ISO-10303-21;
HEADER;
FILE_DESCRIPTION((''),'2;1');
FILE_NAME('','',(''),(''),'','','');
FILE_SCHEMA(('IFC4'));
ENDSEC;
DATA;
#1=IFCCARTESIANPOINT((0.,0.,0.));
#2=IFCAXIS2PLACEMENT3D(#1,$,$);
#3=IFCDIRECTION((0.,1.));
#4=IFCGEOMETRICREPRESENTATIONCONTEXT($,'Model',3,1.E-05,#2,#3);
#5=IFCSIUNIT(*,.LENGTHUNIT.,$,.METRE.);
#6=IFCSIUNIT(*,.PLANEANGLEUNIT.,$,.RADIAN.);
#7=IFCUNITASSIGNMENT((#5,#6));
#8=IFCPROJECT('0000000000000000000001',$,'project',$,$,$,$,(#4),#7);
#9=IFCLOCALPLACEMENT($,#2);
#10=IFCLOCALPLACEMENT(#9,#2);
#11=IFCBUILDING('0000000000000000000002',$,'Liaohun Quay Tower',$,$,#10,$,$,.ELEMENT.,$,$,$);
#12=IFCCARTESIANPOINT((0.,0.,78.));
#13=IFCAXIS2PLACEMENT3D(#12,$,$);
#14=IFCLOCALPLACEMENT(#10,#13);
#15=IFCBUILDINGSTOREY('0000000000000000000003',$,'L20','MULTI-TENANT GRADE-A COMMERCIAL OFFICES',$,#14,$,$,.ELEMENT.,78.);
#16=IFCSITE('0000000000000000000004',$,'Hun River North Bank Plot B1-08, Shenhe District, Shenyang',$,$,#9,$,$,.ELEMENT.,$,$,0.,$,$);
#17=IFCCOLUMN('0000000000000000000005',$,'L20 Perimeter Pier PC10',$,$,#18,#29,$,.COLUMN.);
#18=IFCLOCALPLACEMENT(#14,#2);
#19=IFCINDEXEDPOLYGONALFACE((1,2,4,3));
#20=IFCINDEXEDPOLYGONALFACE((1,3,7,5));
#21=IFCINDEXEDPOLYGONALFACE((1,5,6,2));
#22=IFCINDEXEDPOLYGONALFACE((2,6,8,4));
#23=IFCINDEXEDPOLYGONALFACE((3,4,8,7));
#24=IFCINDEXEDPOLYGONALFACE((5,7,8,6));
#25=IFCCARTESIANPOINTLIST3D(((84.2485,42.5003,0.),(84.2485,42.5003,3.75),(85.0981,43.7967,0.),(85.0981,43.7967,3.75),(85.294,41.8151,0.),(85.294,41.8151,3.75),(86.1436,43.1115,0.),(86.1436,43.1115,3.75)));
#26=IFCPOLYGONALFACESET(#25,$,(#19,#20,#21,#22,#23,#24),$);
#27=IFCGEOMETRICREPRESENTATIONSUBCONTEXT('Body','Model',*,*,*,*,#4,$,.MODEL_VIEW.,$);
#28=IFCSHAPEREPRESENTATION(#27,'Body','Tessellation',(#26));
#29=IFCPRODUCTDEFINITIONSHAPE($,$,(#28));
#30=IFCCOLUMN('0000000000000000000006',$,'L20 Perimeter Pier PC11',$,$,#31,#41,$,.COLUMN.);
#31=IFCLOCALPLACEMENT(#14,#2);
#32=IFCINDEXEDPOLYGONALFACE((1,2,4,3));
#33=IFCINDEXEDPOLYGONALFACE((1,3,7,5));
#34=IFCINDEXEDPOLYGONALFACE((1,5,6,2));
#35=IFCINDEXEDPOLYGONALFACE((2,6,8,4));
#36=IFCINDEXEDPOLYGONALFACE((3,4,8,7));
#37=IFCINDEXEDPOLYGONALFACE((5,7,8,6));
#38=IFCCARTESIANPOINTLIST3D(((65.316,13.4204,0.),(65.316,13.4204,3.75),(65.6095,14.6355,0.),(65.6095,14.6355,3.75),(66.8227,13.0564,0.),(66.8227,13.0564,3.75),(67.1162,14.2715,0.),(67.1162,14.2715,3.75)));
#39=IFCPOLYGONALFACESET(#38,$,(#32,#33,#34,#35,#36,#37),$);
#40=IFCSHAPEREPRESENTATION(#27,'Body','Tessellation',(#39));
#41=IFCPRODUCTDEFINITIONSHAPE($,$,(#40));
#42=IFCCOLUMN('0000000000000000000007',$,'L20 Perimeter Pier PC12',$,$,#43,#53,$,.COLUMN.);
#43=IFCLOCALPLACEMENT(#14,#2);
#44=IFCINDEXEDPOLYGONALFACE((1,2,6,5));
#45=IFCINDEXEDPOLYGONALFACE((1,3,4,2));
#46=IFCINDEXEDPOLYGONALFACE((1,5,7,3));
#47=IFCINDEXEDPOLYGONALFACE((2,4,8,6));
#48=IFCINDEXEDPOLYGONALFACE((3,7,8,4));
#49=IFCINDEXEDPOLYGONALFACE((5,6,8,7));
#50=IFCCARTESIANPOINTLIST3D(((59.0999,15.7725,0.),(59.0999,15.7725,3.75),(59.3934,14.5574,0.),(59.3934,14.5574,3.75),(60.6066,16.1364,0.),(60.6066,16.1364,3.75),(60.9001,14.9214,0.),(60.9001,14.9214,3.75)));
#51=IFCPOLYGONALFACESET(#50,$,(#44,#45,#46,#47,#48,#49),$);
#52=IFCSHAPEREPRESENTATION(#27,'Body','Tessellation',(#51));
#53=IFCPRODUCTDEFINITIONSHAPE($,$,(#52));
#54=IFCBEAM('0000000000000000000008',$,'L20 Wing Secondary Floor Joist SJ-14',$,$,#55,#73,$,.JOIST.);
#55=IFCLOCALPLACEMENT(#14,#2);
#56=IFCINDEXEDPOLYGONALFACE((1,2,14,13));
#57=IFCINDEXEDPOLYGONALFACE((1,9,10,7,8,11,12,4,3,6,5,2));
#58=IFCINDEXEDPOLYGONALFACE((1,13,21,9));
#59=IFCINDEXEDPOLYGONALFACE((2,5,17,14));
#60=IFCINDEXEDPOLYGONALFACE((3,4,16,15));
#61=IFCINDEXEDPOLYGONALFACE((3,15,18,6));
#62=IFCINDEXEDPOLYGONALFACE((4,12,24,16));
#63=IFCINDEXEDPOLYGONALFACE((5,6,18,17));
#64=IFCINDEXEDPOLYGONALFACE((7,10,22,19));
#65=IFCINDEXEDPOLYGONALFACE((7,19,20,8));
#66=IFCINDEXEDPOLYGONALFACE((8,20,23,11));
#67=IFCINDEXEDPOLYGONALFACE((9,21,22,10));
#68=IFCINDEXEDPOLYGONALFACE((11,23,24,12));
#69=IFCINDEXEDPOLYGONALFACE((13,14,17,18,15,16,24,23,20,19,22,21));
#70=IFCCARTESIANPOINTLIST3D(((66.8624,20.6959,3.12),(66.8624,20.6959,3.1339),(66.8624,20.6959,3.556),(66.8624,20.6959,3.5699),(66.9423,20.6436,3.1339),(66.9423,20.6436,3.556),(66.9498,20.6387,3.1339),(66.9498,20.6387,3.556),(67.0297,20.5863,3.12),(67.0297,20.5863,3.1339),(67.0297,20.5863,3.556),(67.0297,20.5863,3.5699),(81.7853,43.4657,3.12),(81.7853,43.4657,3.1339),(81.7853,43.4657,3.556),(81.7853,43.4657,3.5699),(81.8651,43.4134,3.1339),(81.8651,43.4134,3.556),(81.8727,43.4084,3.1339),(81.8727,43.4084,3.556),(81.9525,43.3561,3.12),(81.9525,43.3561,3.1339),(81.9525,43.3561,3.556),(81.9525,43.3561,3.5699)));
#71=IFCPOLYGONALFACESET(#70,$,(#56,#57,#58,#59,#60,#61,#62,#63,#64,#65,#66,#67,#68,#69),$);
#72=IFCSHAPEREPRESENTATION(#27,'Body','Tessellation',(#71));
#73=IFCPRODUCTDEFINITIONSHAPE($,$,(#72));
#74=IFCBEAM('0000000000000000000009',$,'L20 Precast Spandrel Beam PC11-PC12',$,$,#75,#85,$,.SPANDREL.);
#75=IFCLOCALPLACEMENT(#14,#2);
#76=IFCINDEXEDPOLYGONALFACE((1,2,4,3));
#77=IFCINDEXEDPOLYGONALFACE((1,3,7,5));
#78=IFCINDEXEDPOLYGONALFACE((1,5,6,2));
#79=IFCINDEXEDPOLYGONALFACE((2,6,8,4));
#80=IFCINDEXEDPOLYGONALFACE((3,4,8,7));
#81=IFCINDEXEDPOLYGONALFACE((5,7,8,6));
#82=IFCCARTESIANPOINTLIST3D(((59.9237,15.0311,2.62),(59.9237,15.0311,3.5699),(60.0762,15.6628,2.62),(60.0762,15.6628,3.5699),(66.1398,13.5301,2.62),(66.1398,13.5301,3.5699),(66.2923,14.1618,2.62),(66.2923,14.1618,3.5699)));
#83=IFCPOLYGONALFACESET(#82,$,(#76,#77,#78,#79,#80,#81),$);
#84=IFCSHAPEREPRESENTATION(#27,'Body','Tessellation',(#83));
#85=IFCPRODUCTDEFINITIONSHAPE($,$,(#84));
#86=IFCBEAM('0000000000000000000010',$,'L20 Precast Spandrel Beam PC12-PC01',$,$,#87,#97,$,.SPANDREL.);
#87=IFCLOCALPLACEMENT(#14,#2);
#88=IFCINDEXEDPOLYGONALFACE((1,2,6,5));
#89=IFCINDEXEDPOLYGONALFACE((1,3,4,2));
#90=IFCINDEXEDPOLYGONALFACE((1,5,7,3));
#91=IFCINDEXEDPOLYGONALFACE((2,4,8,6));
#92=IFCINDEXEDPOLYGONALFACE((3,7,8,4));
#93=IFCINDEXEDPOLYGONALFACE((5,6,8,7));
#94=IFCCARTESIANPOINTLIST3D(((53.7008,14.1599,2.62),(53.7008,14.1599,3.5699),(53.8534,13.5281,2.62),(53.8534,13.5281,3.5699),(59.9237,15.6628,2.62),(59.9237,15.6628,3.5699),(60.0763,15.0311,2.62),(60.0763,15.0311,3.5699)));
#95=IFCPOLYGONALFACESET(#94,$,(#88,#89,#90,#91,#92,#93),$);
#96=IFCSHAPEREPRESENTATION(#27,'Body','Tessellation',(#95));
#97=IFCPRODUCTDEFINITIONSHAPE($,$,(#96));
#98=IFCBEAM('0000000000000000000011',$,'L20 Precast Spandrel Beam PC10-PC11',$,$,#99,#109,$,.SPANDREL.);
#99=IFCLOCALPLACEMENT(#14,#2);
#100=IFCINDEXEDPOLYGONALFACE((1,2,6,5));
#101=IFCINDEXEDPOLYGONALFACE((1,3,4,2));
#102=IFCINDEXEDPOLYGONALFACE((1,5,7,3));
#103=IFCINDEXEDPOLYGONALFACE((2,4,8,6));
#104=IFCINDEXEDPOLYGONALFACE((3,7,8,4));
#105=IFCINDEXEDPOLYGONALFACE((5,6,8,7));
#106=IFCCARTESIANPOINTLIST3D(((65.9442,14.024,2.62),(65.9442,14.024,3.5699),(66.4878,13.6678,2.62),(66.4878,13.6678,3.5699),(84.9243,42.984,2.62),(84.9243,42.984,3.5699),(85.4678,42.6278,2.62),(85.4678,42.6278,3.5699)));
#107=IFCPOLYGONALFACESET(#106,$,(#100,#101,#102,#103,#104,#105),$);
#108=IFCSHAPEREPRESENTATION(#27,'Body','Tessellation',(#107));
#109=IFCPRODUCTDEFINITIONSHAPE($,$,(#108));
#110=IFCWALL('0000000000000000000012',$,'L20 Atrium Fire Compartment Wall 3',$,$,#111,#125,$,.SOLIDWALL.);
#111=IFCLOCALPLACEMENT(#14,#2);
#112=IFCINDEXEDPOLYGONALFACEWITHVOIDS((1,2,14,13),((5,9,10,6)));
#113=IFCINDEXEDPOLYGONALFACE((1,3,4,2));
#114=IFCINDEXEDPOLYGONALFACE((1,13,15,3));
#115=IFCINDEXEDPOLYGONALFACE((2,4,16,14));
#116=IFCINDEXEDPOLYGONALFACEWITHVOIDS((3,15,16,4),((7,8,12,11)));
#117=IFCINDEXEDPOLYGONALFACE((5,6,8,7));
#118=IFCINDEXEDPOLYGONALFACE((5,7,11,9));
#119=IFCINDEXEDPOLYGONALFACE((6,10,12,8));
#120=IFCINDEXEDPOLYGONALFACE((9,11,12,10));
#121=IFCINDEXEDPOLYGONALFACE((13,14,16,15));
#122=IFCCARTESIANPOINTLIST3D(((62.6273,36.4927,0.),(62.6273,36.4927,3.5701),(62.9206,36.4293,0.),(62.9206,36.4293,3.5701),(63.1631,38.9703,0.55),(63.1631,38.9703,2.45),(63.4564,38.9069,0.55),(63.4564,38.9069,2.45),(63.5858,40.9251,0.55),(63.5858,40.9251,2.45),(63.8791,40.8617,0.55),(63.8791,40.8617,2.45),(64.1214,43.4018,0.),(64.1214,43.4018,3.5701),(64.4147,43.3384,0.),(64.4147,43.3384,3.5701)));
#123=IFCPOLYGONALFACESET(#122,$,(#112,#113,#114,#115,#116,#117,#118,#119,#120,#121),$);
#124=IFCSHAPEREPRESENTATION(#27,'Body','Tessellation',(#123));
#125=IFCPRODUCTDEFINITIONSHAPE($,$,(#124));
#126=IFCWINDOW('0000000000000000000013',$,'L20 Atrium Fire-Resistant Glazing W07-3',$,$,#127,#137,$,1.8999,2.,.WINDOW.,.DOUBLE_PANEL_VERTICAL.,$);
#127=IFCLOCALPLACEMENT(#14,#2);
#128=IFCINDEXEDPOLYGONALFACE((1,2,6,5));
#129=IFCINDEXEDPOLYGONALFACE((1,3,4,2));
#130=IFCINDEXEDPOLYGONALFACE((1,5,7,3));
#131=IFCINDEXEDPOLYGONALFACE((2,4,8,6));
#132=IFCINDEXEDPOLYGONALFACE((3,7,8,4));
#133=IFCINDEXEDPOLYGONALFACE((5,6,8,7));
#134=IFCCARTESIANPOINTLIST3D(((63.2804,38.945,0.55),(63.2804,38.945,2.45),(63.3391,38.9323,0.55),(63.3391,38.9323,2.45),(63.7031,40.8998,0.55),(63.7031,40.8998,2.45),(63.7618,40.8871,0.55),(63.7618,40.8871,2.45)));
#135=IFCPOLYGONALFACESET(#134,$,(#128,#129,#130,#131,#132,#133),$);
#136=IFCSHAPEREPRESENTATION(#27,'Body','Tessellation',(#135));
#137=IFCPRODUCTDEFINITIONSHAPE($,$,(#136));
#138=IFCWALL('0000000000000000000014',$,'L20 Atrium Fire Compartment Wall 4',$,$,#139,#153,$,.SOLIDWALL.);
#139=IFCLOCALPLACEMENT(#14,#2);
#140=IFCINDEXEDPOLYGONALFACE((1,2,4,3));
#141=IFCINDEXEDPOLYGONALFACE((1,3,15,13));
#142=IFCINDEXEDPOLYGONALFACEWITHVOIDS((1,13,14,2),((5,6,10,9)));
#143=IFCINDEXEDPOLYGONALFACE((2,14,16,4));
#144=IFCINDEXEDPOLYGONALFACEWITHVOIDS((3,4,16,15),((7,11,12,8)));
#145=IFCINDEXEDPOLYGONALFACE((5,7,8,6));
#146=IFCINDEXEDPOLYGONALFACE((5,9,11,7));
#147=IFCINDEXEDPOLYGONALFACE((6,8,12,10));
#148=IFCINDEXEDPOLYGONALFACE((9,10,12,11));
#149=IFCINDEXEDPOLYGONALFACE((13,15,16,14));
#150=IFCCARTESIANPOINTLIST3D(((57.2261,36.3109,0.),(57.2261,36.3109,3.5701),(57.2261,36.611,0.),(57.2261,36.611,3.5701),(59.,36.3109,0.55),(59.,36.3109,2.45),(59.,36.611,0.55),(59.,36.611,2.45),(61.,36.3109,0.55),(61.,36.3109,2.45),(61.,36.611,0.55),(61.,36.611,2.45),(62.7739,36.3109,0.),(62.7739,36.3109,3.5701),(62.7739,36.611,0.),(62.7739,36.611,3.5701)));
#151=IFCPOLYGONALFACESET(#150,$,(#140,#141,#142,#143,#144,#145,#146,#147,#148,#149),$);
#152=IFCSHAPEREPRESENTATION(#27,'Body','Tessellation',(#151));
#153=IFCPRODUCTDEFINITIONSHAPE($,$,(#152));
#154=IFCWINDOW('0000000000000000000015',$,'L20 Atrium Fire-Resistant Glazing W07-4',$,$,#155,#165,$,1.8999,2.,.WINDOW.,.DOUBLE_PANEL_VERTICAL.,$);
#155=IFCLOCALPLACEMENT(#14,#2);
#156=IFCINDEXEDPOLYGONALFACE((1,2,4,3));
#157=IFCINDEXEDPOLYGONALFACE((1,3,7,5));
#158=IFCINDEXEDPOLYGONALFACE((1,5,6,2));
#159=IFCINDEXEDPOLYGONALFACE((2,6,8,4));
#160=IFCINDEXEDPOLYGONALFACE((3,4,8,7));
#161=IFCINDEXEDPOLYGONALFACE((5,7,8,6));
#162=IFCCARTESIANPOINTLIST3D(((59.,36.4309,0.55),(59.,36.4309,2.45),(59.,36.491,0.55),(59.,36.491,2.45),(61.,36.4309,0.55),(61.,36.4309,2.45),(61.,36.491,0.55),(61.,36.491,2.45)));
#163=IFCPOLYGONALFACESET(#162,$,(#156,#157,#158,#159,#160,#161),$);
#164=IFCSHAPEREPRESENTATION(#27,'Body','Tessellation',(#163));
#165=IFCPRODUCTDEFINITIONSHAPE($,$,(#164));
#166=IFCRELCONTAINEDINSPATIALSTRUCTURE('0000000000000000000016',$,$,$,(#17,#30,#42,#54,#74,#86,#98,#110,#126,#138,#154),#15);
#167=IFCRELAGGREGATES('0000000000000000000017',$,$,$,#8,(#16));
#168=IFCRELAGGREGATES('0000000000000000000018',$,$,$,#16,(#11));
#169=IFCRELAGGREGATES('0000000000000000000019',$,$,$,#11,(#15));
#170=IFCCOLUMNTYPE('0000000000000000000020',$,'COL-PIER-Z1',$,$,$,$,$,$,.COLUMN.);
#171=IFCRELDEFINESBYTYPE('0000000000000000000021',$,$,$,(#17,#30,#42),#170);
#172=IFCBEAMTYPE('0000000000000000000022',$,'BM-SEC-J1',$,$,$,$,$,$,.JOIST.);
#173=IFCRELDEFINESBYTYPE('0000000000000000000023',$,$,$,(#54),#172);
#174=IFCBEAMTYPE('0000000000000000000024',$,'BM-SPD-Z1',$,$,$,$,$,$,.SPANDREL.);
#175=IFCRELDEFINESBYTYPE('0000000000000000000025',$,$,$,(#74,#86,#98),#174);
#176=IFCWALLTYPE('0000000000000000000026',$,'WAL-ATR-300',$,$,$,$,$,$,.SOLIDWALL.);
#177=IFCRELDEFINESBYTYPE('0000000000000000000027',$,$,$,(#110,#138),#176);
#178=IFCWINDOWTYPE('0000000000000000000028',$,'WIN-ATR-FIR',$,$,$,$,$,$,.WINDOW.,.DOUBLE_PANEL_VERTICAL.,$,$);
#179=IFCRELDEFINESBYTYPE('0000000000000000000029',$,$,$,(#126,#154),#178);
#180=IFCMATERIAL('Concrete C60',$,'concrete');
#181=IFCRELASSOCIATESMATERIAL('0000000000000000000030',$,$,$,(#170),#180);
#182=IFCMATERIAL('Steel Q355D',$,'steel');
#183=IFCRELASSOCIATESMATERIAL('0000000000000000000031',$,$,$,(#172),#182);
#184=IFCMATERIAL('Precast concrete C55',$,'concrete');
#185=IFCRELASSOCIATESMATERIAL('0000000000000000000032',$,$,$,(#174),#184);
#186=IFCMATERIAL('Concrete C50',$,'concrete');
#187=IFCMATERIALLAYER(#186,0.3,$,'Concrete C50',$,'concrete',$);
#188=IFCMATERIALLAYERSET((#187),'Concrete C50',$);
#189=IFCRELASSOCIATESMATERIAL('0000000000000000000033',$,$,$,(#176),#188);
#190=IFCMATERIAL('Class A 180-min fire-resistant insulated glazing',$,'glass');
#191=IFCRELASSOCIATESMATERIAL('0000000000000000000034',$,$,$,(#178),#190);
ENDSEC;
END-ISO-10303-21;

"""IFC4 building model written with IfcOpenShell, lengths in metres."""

from ifc_helpers import new_model, si_unit, direction, frame, frame_2d, origin, origin_2d, place, context, subcontext, project, spatial, rectangle, i_section, extrude, source, transform, mapped, material, layer, layer_set, material_profile, profile_set, type_object, element, fill, save


model = new_model("IFC4")

# Units and contexts
model_context = context("Model", 3, precision=1e-05, world=origin(), true_north=direction((0.0, 1.0)))
body_context = subcontext(model_context, "Body", "Model", "MODEL_VIEW")
ifc_project = project(units=[si_unit("LENGTHUNIT", "METRE"), si_unit("PLANEANGLEUNIT", "RADIAN")], contexts=[model_context])

# Site, building, storey
site_placement = place(None, origin())
site = spatial("IfcSite", under=ifc_project, at=site_placement, Name="Hun River North Bank Plot B1-08, Shenhe District, Shenyang", CompositionType="ELEMENT", RefElevation=0.0)
building_placement = place(site_placement, origin())
building = spatial("IfcBuilding", under=site, at=building_placement, Name="Liaohun Quay Tower", CompositionType="ELEMENT")
storey_placement = place(building_placement, frame((0.0, 0.0, 78.0)))
storey = spatial("IfcBuildingStorey", under=building, at=storey_placement, Name="L20", Description="MULTI-TENANT GRADE-A COMMERCIAL OFFICES", CompositionType="ELEMENT", Elevation=78.0)

# Columns
ifc_material_1 = material(Name="Concrete C60", Category="concrete")
ifc_material_profile_1 = material_profile(ifc_material_1, rectangle(XDim=1.55, YDim=1.25, at=origin_2d()), Name="RC1550x1250")
ifc_profile_set_1 = profile_set([ifc_material_profile_1], Name="Concrete C60")
column_type = type_object("IfcColumnType", Name="COL-PIER-Z1", PredefinedType="COLUMN", material=ifc_profile_set_1)
shared_shape_1 = source(origin(), body_context, "Body", "SweptSolid", [
    extrude(rectangle(XDim=1.55, YDim=1.25, at=origin_2d()), origin(), (0.0, 0.0, 1.0), 3.75),
])
for number, where, z_axis, x_axis, name in (
    (1, (85.196, 42.8059, 0.0), (0.0, 0.0, 1.0), (0.548147, 0.836382, 0.0), "L20 Perimeter Pier PC10"),
    (2, (66.2161, 13.8459, 0.0), (0.0, 0.0, 1.0), (-0.972043, 0.234803, 0.0), "L20 Perimeter Pier PC11"),
    (3, (60.0, 15.3469, 0.0), (0.0, 0.0, 1.0), (0.972043, 0.234803, 0.0), "L20 Perimeter Pier PC12"),
):
    element("IfcColumn", number, at=place(storey_placement, frame(where, z_axis=z_axis, x_axis=x_axis)), inside=storey, type_object=column_type, Name=name, PredefinedType="COLUMN", context=body_context, shape_type="MappedRepresentation", body=[
        mapped(shared_shape_1, transform((0.0, 0.0, 0.0), x_axis=(1.0, 0.0, 0.0), y_axis=(0.0, 1.0, 0.0), z_axis=(0.0, 0.0, 1.0), scale=1.0)),
    ])

# Beams
ifc_material_2 = material(Name="Steel Q355D", Category="steel")
ifc_material_profile_2 = material_profile(ifc_material_2, i_section(OverallWidth=0.2, OverallDepth=0.45, WebThickness=0.009, FlangeThickness=0.0139, at=origin_2d()), Name="HN450x200x9x14")
ifc_profile_set_2 = profile_set([ifc_material_profile_2], Name="Steel Q355D")
beam_type_1 = type_object("IfcBeamType", Name="BM-SEC-J1", PredefinedType="JOIST", material=ifc_profile_set_2)
shared_shape_2 = source(origin(), body_context, "Body", "SweptSolid", [
    extrude(i_section(OverallWidth=0.2, OverallDepth=0.45, WebThickness=0.009, FlangeThickness=0.0139, at=origin_2d()), origin(), (0.0, 0.0, 1.0), 27.2241),
])
beam_1_placement = place(storey_placement, frame((81.8689, 43.4109, 3.345), z_axis=(-0.548148, -0.836382, 0.0), x_axis=(0.836382, -0.548148, 0.0)))
element("IfcBeam", 4, at=beam_1_placement, inside=storey, type_object=beam_type_1, Name="L20 Wing Secondary Floor Joist SJ-14", PredefinedType="JOIST", context=body_context, shape_type="MappedRepresentation", body=[
    mapped(shared_shape_2, transform((0.0, 0.0, 0.0), x_axis=(1.0, 0.0, 0.0), y_axis=(0.0, 1.0, 0.0), z_axis=(0.0, 0.0, 1.0), scale=1.0)),
])
ifc_material_3 = material(Name="Precast concrete C55", Category="concrete")
ifc_material_profile_3 = material_profile(ifc_material_3, rectangle(XDim=0.6499, YDim=0.95, at=origin_2d()), Name="RC650x950")
ifc_profile_set_3 = profile_set([ifc_material_profile_3], Name="Precast concrete C55")
beam_type_2 = type_object("IfcBeamType", Name="BM-SPD-Z1", PredefinedType="SPANDREL", material=ifc_profile_set_3)
shared_shape_3 = source(origin(), body_context, "Body", "SweptSolid", [
    extrude(rectangle(XDim=0.6499, YDim=0.95, at=origin_2d()), origin(), (0.0, 0.0, 1.0), 6.3948),
])
beam_2_placement = place(storey_placement, frame((66.2161, 13.8459, 3.095), z_axis=(-0.972063, 0.234721, 0.0), x_axis=(-0.234721, -0.972063, 0.0)))
element("IfcBeam", 5, at=beam_2_placement, inside=storey, type_object=beam_type_2, Name="L20 Precast Spandrel Beam PC11-PC12", PredefinedType="SPANDREL", context=body_context, shape_type="MappedRepresentation", body=[
    mapped(shared_shape_3, transform((0.0, 0.0, 0.0), x_axis=(1.0, 0.0, 0.0), y_axis=(0.0, 1.0, 0.0), z_axis=(0.0, 0.0, 1.0), scale=1.0)),
])
shared_shape_4 = source(origin(), body_context, "Body", "SweptSolid", [
    extrude(rectangle(XDim=0.6499, YDim=0.95, at=origin_2d()), origin(), (0.0, 0.0, 1.0), 6.4019),
])
beam_3_placement = place(storey_placement, frame((60.0, 15.3469, 3.095), z_axis=(-0.972052, -0.234766, 0.0), x_axis=(0.234766, -0.972052, 0.0)))
element("IfcBeam", 6, at=beam_3_placement, inside=storey, type_object=beam_type_2, Name="L20 Precast Spandrel Beam PC12-PC01", PredefinedType="SPANDREL", context=body_context, shape_type="MappedRepresentation", body=[
    mapped(shared_shape_4, transform((0.0, 0.0, 0.0), x_axis=(1.0, 0.0, 0.0), y_axis=(0.0, 1.0, 0.0), z_axis=(0.0, 0.0, 1.0), scale=1.0)),
])
shared_shape_5 = source(origin(), body_context, "Body", "SweptSolid", [
    extrude(rectangle(XDim=0.6499, YDim=0.95, at=origin_2d()), origin(), (0.0, 0.0, 1.0), 34.6255),
])
beam_4_placement = place(storey_placement, frame((85.196, 42.8059, 3.095), z_axis=(-0.548152, -0.836379, 0.0), x_axis=(0.836379, -0.548152, 0.0)))
element("IfcBeam", 7, at=beam_4_placement, inside=storey, type_object=beam_type_2, Name="L20 Precast Spandrel Beam PC10-PC11", PredefinedType="SPANDREL", context=body_context, shape_type="MappedRepresentation", body=[
    mapped(shared_shape_5, transform((0.0, 0.0, 0.0), x_axis=(1.0, 0.0, 0.0), y_axis=(0.0, 1.0, 0.0), z_axis=(0.0, 0.0, 1.0), scale=1.0)),
])

# Walls, openings, windows
ifc_material_4 = material(Name="Concrete C50", Category="concrete")
ifc_layer_1 = layer(ifc_material_4, 0.3, Name="Concrete C50", Category="concrete")
ifc_layer_set_1 = layer_set([ifc_layer_1], Name="Concrete C50")
wall_type_1 = type_object("IfcWallType", Name="WAL-ATR-300", PredefinedType="SOLIDWALL", material=ifc_layer_set_1)
wall_1_placement = place(storey_placement, frame((64.2681, 43.3701, 0.0), z_axis=(0.0, 0.0, 1.0), x_axis=(-0.211368, -0.977406, 0.0)))
wall_1 = element("IfcWall", 8, at=wall_1_placement, inside=storey, type_object=wall_type_1, Name="L20 Atrium Fire Compartment Wall 3", PredefinedType="SOLIDWALL", context=body_context, shape_type="SweptSolid", body=[
    extrude(rectangle(XDim=7.0688, YDim=0.3, at=frame_2d((3.5344, 0.0))), origin(), (0.0, 0.0, 1.0), 3.5701),
])
shared_shape_6 = source(origin(), body_context, "Body", "SweptSolid", [
    extrude(rectangle(XDim=2.0, YDim=1.8999, at=frame_2d((1.0, 0.95))), frame((0.0, 0.1599, 0.0), z_axis=(0.0, -1.0, 0.0), x_axis=(1.0, 0.0, 0.0)), (0.0, 0.0, 1.0), 0.3201),
])
opening_1_placement = place(wall_1_placement, frame((2.5339, 0.0, 0.55)))
opening_1 = element("IfcOpeningElement", 9, at=opening_1_placement, cuts=wall_1, PredefinedType="OPENING", context=body_context, shape_type="MappedRepresentation", body=[
    mapped(shared_shape_6, transform((0.0, 0.0, 0.0), x_axis=(1.0, 0.0, 0.0), y_axis=(0.0, 1.0, 0.0), z_axis=(0.0, 0.0, 1.0), scale=1.0)),
])
ifc_material_5 = material(Name="Class A 180-min fire-resistant insulated glazing", Category="glass")
window_type_1 = type_object("IfcWindowType", Name="WIN-ATR-FIR", PartitioningType="DOUBLE_PANEL_VERTICAL", PredefinedType="WINDOW", material=ifc_material_5)
shared_shape_7 = source(origin(), body_context, "Body", "SweptSolid", [
    extrude(rectangle(XDim=2.0, YDim=1.8999, at=frame_2d((1.0, 0.95))), frame((0.0, 0.03, 0.0), z_axis=(0.0, -1.0, 0.0), x_axis=(1.0, 0.0, 0.0)), (0.0, 0.0, 1.0), 0.0601),
])
window_1_placement = place(opening_1_placement, origin())
window_1 = element("IfcWindow", 10, at=window_1_placement, inside=storey, type_object=window_type_1, Name="L20 Atrium Fire-Resistant Glazing W07-3", OverallHeight=1.8999, OverallWidth=2.0, PartitioningType="DOUBLE_PANEL_VERTICAL", PredefinedType="WINDOW", context=body_context, shape_type="MappedRepresentation", body=[
    mapped(shared_shape_7, transform((0.0, 0.0, 0.0), x_axis=(1.0, 0.0, 0.0), y_axis=(0.0, 1.0, 0.0), z_axis=(0.0, 0.0, 1.0), scale=1.0)),
])
fill(opening_1, window_1)
wall_2_placement = place(storey_placement, frame((62.7739, 36.4609, 0.0), z_axis=(0.0, 0.0, 1.0), x_axis=(-1.0, 0.0, 0.0)))
wall_2 = element("IfcWall", 11, at=wall_2_placement, inside=storey, type_object=wall_type_1, Name="L20 Atrium Fire Compartment Wall 4", PredefinedType="SOLIDWALL", context=body_context, shape_type="SweptSolid", body=[
    extrude(rectangle(XDim=5.5479, YDim=0.3, at=frame_2d((2.7739, 0.0))), origin(), (0.0, 0.0, 1.0), 3.5701),
])
opening_2_placement = place(wall_2_placement, frame((1.7739, 0.0, 0.55)))
opening_2 = element("IfcOpeningElement", 12, at=opening_2_placement, cuts=wall_2, PredefinedType="OPENING", context=body_context, shape_type="MappedRepresentation", body=[
    mapped(shared_shape_6, transform((0.0, 0.0, 0.0), x_axis=(1.0, 0.0, 0.0), y_axis=(0.0, 1.0, 0.0), z_axis=(0.0, 0.0, 1.0), scale=1.0)),
])
window_2_placement = place(opening_2_placement, origin())
window_2 = element("IfcWindow", 13, at=window_2_placement, inside=storey, type_object=window_type_1, Name="L20 Atrium Fire-Resistant Glazing W07-4", OverallHeight=1.8999, OverallWidth=2.0, PartitioningType="DOUBLE_PANEL_VERTICAL", PredefinedType="WINDOW", context=body_context, shape_type="MappedRepresentation", body=[
    mapped(shared_shape_7, transform((0.0, 0.0, 0.0), x_axis=(1.0, 0.0, 0.0), y_axis=(0.0, 1.0, 0.0), z_axis=(0.0, 0.0, 1.0), scale=1.0)),
])
fill(opening_2, window_2)

save(model, "model.ifc")
